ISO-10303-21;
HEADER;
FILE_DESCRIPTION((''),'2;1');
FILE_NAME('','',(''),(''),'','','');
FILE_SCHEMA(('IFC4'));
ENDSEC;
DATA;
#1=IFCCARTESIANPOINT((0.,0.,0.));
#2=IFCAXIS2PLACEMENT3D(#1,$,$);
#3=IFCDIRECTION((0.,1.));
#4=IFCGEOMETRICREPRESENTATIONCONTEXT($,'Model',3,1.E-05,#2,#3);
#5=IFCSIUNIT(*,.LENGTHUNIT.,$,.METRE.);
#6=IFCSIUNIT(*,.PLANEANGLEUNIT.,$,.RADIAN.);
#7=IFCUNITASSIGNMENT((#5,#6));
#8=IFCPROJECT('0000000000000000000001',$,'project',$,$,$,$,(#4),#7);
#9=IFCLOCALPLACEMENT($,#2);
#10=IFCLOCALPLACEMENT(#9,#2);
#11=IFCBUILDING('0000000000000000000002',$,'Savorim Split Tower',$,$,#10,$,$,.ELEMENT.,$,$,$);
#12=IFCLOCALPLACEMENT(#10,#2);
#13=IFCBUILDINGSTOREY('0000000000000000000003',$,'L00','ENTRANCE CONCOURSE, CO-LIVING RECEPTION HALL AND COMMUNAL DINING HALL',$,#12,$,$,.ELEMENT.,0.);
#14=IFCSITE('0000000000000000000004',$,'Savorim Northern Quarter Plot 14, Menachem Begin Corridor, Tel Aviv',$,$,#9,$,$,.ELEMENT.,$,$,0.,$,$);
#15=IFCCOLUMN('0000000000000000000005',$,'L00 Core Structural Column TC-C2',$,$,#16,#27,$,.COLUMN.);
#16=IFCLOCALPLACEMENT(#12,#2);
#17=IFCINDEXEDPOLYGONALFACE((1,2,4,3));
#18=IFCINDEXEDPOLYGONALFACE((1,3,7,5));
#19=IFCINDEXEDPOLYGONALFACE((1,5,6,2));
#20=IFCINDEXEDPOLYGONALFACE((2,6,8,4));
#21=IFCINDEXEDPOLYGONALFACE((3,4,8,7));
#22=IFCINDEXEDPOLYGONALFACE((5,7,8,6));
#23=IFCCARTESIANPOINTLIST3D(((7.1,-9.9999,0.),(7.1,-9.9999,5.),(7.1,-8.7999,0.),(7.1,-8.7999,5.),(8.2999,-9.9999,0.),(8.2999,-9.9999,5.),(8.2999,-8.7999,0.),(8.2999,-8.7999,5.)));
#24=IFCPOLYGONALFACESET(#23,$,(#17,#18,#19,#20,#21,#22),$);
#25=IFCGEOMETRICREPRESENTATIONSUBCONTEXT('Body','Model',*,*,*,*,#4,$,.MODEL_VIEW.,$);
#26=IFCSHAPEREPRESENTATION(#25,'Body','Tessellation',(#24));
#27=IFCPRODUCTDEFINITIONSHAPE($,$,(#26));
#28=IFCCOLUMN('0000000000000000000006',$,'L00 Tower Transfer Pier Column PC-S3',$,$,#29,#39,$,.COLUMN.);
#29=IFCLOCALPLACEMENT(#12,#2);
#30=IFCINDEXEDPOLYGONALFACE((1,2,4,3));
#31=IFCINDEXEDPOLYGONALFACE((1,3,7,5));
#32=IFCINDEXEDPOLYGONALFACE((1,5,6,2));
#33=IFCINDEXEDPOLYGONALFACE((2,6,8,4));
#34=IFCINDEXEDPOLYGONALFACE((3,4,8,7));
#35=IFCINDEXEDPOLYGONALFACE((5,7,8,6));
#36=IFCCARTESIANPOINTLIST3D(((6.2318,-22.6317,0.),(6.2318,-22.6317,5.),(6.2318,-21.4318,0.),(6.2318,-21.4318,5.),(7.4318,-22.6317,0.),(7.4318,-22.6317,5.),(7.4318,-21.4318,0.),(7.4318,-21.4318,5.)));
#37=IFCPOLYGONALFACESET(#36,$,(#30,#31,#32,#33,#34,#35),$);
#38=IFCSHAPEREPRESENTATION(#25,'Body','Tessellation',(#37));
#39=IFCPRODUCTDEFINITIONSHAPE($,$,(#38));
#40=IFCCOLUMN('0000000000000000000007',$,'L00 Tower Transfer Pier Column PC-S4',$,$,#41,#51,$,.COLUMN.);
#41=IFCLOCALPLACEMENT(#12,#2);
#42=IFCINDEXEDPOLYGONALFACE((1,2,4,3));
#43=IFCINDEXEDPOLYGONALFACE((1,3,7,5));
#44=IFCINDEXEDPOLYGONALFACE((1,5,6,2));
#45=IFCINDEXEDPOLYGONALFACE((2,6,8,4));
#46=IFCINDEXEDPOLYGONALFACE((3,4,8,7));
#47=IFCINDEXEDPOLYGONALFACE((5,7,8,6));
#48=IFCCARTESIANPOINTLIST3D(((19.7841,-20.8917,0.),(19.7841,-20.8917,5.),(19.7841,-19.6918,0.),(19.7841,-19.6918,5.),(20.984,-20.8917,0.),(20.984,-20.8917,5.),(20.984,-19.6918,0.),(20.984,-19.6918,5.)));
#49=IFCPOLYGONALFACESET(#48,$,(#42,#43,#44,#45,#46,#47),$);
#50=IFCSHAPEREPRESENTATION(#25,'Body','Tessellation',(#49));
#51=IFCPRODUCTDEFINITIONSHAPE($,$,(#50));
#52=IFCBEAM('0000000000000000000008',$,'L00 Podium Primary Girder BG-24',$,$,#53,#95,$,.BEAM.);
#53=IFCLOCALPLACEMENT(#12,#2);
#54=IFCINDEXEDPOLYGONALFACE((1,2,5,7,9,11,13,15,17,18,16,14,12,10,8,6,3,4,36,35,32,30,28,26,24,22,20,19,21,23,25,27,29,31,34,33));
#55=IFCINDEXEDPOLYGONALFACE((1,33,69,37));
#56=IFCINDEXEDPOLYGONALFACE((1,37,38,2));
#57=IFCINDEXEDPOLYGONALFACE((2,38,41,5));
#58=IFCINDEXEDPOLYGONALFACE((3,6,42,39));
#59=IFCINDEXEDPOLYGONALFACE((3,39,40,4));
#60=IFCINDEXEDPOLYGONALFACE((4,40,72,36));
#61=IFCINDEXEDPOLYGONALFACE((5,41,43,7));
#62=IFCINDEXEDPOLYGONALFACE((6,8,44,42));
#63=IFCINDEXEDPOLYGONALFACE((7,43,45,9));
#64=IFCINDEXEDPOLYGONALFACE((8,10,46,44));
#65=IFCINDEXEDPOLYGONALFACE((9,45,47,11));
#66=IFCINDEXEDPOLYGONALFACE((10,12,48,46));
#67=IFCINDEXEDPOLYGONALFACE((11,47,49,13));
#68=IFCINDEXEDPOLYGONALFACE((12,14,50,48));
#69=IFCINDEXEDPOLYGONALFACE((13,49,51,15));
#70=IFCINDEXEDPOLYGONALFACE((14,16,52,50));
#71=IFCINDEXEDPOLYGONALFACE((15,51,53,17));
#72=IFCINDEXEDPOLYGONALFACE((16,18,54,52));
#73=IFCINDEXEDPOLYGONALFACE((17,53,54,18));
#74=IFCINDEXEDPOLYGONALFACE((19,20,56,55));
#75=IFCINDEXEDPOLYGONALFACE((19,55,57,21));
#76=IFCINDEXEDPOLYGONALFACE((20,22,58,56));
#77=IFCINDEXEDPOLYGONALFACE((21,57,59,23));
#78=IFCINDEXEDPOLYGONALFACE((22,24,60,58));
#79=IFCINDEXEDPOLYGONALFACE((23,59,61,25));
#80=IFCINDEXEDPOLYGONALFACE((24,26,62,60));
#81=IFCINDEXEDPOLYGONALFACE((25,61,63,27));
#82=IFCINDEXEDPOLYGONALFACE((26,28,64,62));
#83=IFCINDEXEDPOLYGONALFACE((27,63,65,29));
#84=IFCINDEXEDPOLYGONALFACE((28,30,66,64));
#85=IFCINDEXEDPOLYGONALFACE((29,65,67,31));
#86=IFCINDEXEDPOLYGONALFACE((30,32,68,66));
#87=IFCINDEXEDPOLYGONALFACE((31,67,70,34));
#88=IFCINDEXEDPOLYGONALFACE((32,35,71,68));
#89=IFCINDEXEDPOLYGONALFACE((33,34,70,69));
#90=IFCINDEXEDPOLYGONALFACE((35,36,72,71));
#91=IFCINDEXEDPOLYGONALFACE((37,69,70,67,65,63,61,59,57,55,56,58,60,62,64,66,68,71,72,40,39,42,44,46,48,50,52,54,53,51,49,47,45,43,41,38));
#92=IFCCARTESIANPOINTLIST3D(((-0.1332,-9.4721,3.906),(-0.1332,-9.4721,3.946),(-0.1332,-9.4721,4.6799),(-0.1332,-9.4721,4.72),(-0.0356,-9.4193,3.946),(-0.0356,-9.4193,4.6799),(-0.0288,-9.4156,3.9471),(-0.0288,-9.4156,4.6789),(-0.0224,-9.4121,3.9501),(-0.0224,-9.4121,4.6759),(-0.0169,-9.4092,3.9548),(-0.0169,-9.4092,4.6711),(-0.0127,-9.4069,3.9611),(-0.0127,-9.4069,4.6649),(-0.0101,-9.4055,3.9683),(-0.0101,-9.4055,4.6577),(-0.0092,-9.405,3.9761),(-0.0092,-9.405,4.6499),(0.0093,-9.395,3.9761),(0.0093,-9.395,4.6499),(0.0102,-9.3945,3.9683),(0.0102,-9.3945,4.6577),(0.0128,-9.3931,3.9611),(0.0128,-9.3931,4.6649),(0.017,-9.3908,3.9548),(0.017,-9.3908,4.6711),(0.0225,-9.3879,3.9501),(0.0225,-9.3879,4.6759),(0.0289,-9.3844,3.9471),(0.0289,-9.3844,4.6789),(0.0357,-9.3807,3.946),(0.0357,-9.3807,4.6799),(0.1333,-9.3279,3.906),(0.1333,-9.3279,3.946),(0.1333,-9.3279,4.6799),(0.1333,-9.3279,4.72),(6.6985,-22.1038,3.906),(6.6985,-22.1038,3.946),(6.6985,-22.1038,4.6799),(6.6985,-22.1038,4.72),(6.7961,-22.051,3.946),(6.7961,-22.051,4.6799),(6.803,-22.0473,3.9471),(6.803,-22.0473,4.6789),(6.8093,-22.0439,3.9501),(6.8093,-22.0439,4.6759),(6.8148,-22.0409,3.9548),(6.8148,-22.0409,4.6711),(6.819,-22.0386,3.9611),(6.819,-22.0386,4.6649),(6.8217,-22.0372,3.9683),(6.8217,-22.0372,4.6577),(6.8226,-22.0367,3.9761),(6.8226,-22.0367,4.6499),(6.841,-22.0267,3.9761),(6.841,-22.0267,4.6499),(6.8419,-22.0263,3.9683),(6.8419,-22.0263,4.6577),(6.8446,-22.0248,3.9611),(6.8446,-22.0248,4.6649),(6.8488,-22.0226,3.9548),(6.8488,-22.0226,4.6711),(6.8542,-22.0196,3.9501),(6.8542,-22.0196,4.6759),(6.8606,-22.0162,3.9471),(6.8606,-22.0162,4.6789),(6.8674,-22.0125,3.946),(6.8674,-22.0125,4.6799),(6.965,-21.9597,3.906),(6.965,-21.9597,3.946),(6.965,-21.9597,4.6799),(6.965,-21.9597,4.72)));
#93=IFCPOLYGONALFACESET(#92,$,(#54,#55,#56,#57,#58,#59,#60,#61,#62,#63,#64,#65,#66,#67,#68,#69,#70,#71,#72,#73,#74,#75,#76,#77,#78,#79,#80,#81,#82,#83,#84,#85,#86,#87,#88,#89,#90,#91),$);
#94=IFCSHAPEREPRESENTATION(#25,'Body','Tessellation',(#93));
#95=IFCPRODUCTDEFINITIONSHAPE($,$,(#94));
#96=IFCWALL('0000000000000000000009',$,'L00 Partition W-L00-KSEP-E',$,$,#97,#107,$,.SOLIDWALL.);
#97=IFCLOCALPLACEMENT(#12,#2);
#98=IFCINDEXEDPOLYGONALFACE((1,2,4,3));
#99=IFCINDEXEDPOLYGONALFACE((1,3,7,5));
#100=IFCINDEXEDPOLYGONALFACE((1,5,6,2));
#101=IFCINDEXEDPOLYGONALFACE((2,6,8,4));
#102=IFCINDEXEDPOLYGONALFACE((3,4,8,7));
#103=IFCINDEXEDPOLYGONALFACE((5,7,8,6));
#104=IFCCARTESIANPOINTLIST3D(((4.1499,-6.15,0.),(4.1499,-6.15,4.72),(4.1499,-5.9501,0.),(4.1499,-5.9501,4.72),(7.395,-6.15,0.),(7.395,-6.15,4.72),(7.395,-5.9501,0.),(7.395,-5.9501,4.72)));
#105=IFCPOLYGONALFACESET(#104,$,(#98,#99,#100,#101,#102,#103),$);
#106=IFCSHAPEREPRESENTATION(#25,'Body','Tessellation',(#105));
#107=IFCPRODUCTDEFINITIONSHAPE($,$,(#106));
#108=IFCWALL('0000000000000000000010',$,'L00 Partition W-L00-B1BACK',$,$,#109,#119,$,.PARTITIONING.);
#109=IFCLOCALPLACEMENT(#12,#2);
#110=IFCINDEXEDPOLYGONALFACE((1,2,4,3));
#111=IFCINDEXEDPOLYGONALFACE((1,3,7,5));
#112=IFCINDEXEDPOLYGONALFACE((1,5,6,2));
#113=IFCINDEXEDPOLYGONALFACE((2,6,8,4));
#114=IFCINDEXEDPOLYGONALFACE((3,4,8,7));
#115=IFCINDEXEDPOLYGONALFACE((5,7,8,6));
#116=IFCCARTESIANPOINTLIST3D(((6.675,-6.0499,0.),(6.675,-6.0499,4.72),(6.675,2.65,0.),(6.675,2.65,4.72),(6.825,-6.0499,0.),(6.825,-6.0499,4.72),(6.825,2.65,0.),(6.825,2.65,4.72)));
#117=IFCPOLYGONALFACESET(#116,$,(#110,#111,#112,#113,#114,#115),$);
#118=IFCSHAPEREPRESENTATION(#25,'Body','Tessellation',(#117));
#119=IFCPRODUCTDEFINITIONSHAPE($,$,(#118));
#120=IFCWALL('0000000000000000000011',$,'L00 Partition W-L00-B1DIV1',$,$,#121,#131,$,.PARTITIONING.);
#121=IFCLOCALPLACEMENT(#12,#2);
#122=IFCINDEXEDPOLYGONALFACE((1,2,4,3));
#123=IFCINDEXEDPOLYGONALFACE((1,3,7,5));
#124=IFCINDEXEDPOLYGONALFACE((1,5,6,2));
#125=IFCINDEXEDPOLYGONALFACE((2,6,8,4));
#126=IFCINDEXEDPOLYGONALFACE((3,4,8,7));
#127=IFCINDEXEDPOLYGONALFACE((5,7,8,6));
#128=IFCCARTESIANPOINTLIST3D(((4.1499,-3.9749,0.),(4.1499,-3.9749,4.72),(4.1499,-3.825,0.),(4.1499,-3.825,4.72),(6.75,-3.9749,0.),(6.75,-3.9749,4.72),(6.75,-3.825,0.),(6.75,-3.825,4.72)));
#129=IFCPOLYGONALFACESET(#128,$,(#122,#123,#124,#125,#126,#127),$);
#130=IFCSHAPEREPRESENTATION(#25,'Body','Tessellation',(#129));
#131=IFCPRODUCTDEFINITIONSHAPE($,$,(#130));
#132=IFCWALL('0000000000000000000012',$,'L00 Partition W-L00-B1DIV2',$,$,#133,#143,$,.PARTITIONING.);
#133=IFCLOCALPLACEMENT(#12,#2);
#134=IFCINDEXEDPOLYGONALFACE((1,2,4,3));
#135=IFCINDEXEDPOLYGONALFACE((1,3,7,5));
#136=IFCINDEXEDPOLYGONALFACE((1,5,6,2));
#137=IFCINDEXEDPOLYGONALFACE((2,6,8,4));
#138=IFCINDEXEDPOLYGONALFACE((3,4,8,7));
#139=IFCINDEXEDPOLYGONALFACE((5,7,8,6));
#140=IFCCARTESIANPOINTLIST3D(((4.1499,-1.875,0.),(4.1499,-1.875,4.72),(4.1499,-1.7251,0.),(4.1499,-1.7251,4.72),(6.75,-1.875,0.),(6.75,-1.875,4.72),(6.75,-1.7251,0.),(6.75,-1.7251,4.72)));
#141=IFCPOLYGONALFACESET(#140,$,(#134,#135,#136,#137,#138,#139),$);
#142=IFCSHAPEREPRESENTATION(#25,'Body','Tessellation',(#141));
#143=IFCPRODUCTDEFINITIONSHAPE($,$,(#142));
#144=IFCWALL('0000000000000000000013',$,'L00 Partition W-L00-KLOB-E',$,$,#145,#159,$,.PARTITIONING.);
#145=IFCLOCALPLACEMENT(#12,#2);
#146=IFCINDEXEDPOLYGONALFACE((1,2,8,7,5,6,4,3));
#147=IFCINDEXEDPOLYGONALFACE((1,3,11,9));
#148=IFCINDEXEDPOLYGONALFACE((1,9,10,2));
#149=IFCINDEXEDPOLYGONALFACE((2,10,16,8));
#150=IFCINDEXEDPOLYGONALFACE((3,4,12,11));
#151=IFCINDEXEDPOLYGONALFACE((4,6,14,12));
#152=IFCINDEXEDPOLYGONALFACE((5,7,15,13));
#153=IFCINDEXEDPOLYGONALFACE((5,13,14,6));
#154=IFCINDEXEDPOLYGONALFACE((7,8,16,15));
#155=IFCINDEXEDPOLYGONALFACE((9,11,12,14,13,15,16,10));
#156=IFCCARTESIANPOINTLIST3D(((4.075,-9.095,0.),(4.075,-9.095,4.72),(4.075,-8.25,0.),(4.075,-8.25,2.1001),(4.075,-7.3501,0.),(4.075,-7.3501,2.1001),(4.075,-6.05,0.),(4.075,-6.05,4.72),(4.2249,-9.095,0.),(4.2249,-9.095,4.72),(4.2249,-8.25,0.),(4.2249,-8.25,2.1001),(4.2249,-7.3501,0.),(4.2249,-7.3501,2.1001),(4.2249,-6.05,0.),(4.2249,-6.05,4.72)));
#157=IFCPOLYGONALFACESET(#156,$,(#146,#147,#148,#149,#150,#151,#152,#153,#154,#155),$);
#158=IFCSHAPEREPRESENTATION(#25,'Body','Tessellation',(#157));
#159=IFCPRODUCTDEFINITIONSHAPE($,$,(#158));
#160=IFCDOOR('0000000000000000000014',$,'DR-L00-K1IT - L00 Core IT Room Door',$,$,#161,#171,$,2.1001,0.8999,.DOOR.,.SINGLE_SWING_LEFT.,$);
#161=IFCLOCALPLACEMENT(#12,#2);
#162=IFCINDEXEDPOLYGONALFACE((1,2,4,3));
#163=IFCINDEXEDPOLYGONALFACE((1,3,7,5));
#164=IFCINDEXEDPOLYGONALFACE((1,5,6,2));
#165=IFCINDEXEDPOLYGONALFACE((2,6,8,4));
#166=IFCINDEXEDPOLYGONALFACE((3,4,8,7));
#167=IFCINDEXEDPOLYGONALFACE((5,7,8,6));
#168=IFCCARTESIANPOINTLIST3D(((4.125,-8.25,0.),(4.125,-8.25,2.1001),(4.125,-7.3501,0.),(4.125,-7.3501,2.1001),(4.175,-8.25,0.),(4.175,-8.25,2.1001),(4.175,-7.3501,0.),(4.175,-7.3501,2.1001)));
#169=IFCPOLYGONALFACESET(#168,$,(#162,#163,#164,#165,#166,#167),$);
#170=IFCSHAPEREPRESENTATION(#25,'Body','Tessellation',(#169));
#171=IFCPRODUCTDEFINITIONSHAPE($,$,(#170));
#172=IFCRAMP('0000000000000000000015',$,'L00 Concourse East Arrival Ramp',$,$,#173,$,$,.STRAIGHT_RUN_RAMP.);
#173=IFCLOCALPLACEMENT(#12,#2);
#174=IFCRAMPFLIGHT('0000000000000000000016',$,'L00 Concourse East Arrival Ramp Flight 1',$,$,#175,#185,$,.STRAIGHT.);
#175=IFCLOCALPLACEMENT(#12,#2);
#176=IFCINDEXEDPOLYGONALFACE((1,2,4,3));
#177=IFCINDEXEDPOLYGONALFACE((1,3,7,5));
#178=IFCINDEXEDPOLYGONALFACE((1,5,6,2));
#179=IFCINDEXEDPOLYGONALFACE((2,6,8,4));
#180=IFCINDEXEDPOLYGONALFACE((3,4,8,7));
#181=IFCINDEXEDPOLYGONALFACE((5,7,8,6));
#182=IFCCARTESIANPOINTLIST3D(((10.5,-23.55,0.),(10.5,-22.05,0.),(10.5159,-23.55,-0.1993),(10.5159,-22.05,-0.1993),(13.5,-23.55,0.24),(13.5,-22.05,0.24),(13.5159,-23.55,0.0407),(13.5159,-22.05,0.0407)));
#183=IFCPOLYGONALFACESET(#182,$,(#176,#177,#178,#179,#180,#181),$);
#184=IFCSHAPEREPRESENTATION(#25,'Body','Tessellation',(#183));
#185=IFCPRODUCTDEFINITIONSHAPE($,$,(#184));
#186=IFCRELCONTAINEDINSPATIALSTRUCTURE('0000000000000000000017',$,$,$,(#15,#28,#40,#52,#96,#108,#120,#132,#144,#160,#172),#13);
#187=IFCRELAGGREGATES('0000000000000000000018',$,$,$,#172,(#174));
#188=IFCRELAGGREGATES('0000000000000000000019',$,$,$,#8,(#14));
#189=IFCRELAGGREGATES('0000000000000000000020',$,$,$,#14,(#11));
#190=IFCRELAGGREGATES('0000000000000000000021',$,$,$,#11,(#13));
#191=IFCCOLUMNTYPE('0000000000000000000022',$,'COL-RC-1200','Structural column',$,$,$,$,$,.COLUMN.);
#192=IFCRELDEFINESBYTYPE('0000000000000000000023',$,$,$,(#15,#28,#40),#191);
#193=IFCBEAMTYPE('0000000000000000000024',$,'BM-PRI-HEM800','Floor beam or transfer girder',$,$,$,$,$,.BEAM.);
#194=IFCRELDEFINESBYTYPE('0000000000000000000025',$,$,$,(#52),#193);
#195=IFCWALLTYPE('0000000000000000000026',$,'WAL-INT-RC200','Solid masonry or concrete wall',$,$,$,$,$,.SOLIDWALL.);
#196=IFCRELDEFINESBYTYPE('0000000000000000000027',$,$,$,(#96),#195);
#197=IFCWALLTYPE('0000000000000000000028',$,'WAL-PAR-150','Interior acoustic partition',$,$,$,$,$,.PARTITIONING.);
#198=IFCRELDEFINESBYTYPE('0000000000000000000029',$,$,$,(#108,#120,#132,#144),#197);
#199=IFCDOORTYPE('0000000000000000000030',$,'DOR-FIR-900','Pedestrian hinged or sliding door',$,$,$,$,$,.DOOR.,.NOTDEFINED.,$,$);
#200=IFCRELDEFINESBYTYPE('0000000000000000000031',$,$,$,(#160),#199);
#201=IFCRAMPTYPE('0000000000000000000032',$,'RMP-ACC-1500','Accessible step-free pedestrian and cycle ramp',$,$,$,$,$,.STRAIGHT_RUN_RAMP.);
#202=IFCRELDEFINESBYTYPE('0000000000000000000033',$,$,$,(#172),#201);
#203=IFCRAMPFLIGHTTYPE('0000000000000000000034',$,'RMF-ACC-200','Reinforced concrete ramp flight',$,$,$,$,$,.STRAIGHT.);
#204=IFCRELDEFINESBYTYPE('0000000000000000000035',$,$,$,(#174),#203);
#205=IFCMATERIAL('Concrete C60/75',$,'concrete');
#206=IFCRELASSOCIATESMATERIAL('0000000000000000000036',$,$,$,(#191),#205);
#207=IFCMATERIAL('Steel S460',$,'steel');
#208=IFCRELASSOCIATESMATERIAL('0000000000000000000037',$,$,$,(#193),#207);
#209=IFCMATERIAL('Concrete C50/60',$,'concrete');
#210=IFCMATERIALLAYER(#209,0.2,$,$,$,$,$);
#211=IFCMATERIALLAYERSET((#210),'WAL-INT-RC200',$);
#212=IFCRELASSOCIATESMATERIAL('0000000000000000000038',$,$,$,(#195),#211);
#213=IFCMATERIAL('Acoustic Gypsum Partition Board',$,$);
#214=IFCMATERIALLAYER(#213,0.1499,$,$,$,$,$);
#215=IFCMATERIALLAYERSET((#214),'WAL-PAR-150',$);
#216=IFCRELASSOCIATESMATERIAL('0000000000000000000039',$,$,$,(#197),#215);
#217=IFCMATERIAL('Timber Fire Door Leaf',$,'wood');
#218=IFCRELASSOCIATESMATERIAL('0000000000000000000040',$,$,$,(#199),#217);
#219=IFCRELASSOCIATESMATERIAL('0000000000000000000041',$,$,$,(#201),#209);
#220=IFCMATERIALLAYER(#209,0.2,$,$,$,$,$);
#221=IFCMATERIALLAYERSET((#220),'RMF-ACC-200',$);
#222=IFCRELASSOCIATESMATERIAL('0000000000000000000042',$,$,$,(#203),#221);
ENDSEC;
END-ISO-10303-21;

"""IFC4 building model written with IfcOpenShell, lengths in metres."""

from ifc_helpers import new_model, si_unit, direction, frame, frame_2d, origin, origin_2d, place, context, subcontext, project, spatial, polyline, rectangle, i_section, outline, extrude, material, layer, layer_set, material_profile, profile_set, type_object, element, fill, aggregate, save


model = new_model("IFC4")

# Units and contexts
model_context = context("Model", 3, precision=1e-05, world=origin(), true_north=direction((0.0, 1.0)))
body_context = subcontext(model_context, "Body", "Model", "MODEL_VIEW")
ifc_project = project(units=[si_unit("LENGTHUNIT", "METRE"), si_unit("PLANEANGLEUNIT", "RADIAN")], contexts=[model_context])

# Site, building, storey
site_placement = place(None, origin())
site = spatial("IfcSite", under=ifc_project, at=site_placement, Name="Savorim Northern Quarter Plot 14, Menachem Begin Corridor, Tel Aviv", CompositionType="ELEMENT", RefElevation=0.0)
building_placement = place(site_placement, origin())
building = spatial("IfcBuilding", under=site, at=building_placement, Name="Savorim Split Tower", CompositionType="ELEMENT")
storey_placement = place(building_placement, origin())
storey = spatial("IfcBuildingStorey", under=building, at=storey_placement, Name="L00", Description="ENTRANCE CONCOURSE, CO-LIVING RECEPTION HALL AND COMMUNAL DINING HALL", CompositionType="ELEMENT", Elevation=0.0)

# Columns
ifc_material_1 = material(Name="Concrete C60/75", Category="concrete")
ifc_material_profile_1 = material_profile(ifc_material_1, rectangle(XDim=1.2, YDim=1.2, at=origin_2d()), Name="RC 1200x1200")
ifc_profile_set_1 = profile_set([ifc_material_profile_1], Name="Concrete C60/75")
column_type = type_object("IfcColumnType", Name="COL-RC-1200", Description="Structural column", PredefinedType="COLUMN", material=ifc_profile_set_1)
for number, where, z_axis, x_axis, name in (
    (1, (7.7, -9.3999, 0.0), (0.0, 0.0, 1.0), (1.0, 0.0, 0.0), "L00 Core Structural Column TC-C2"),
    (2, (6.8318, -22.0317, 0.0), (0.0, 0.0, 1.0), (1.0, 0.0, 0.0), "L00 Tower Transfer Pier Column PC-S3"),
    (3, (20.384, -20.2917, 0.0), (0.0, 0.0, 1.0), (1.0, 0.0, 0.0), "L00 Tower Transfer Pier Column PC-S4"),
):
    element("IfcColumn", number, at=place(storey_placement, frame(where, z_axis=z_axis, x_axis=x_axis)), inside=storey, type_object=column_type, Name=name, PredefinedType="COLUMN", context=body_context, shape_type="SweptSolid", body=[
        extrude(rectangle(XDim=1.2, YDim=1.2, at=origin_2d()), origin(), (0.0, 0.0, 1.0), 5.0),
    ])

# Beam
ifc_material_2 = material(Name="Steel S460", Category="steel")
ifc_material_profile_2 = material_profile(ifc_material_2, i_section(OverallWidth=0.303, OverallDepth=0.814, WebThickness=0.021, FlangeThickness=0.04, FilletRadius=0.03, at=origin_2d()), Name="HE 800 M")
ifc_profile_set_2 = profile_set([ifc_material_profile_2], Name="Steel S460")
beam_type = type_object("IfcBeamType", Name="BM-PRI-HEM800", Description="Floor beam or transfer girder", PredefinedType="BEAM", material=ifc_profile_set_2)
beam_placement = place(storey_placement, frame((6.8318, -22.0317, 4.313), z_axis=(-0.47572, 0.879597, 0.0), x_axis=(-0.879597, -0.47572, 0.0)))
element("IfcBeam", 4, at=beam_placement, inside=storey, type_object=beam_type, Name="L00 Podium Primary Girder BG-24", PredefinedType="BEAM", context=body_context, shape_type="SweptSolid", body=[
    extrude(i_section(OverallWidth=0.303, OverallDepth=0.814, WebThickness=0.021, FlangeThickness=0.04, FilletRadius=0.03, at=origin_2d()), origin(), (0.0, 0.0, 1.0), 14.3608),
])

# Shared definitions
ifc_material_3 = material(Name="Concrete C50/60", Category="concrete")
ifc_layer_1 = layer(ifc_material_3, 0.2)
ifc_layer_set_1 = layer_set([ifc_layer_1], Name="WAL-INT-RC200")
wall_type_1 = type_object("IfcWallType", Name="WAL-INT-RC200", Description="Solid masonry or concrete wall", PredefinedType="SOLIDWALL", material=ifc_layer_set_1)

# Walls
wall_1_placement = place(storey_placement, frame((4.1499, -6.05, 0.0), z_axis=(0.0, 0.0, 1.0), x_axis=(1.0, 0.0, 0.0)))
element("IfcWall", 5, at=wall_1_placement, inside=storey, type_object=wall_type_1, Name="L00 Partition W-L00-KSEP-E", PredefinedType="SOLIDWALL", context=body_context, shape_type="SweptSolid", body=[
    extrude(rectangle(XDim=3.2451, YDim=0.2, at=frame_2d((1.6226, 0.0))), origin(), (0.0, 0.0, 1.0), 4.72),
])
ifc_material_4 = material(Name="Acoustic Gypsum Partition Board")
ifc_layer_2 = layer(ifc_material_4, 0.1499)
ifc_layer_set_2 = layer_set([ifc_layer_2], Name="WAL-PAR-150")
wall_type_2 = type_object("IfcWallType", Name="WAL-PAR-150", Description="Interior acoustic partition", PredefinedType="PARTITIONING", material=ifc_layer_set_2)
wall_2_placement = place(storey_placement, frame((6.75, -6.05, 0.0), z_axis=(0.0, 0.0, 1.0), x_axis=(0.0, 1.0, 0.0)))
element("IfcWall", 6, at=wall_2_placement, inside=storey, type_object=wall_type_2, Name="L00 Partition W-L00-B1BACK", PredefinedType="PARTITIONING", context=body_context, shape_type="SweptSolid", body=[
    extrude(rectangle(XDim=8.7, YDim=0.1499, at=frame_2d((4.3501, 0.0))), origin(), (0.0, 0.0, 1.0), 4.72),
])
for number, where, z_axis, x_axis, name in (
    (7, (4.1499, -3.8999, 0.0), (0.0, 0.0, 1.0), (1.0, 0.0, 0.0), "L00 Partition W-L00-B1DIV1"),
    (8, (4.1499, -1.8, 0.0), (0.0, 0.0, 1.0), (1.0, 0.0, 0.0), "L00 Partition W-L00-B1DIV2"),
):
    element("IfcWall", number, at=place(storey_placement, frame(where, z_axis=z_axis, x_axis=x_axis)), inside=storey, type_object=wall_type_2, Name=name, PredefinedType="PARTITIONING", context=body_context, shape_type="SweptSolid", body=[
        extrude(rectangle(XDim=2.6001, YDim=0.1499, at=frame_2d((1.3, 0.0))), origin(), (0.0, 0.0, 1.0), 4.72),
    ])

# Wall, opening, door
wall_3_placement = place(storey_placement, frame((4.1499, -9.095, 0.0), z_axis=(0.0, 0.0, 1.0), x_axis=(0.0, 1.0, 0.0)))
wall_3 = element("IfcWall", 9, at=wall_3_placement, inside=storey, type_object=wall_type_2, Name="L00 Partition W-L00-KLOB-E", PredefinedType="PARTITIONING", context=body_context, shape_type="SweptSolid", body=[
    extrude(rectangle(XDim=3.0449, YDim=0.1499, at=frame_2d((1.5225, 0.0))), origin(), (0.0, 0.0, 1.0), 4.72),
])
opening_1_placement = place(wall_3_placement, frame((0.845, 0.0, 0.0)))
opening_1 = element("IfcOpeningElement", 10, at=opening_1_placement, cuts=wall_3, PredefinedType="OPENING", context=body_context, shape_type="SweptSolid", body=[
    extrude(rectangle(XDim=0.8999, YDim=2.1001, at=frame_2d((0.45, 1.05))), frame((0.0, 0.085, 0.0), z_axis=(0.0, -1.0, 0.0), x_axis=(1.0, 0.0, 0.0)), (0.0, 0.0, 1.0), 0.1699),
])
ifc_material_5 = material(Name="Timber Fire Door Leaf", Category="wood")
door_type_1 = type_object("IfcDoorType", Name="DOR-FIR-900", Description="Pedestrian hinged or sliding door", OperationType="NOTDEFINED", PredefinedType="DOOR", material=ifc_material_5)
door_1_placement = place(opening_1_placement, origin())
door_1 = element("IfcDoor", 11, at=door_1_placement, inside=storey, type_object=door_type_1, Name="DR-L00-K1IT - L00 Core IT Room Door", OperationType="SINGLE_SWING_LEFT", OverallHeight=2.1001, OverallWidth=0.8999, PredefinedType="DOOR", context=body_context, shape_type="SweptSolid", body=[
    extrude(rectangle(XDim=0.8999, YDim=2.1001, at=frame_2d((0.45, 1.05))), frame((0.0, 0.0249, 0.0), z_axis=(0.0, -1.0, 0.0), x_axis=(1.0, 0.0, 0.0)), (0.0, 0.0, 1.0), 0.05),
])
fill(opening_1, door_1)

# Ramp, ramp flight
ramp_type = type_object("IfcRampType", Name="RMP-ACC-1500", Description="Accessible step-free pedestrian and cycle ramp", PredefinedType="STRAIGHT_RUN_RAMP", material=ifc_material_3)
ramp_placement = place(storey_placement, origin())
ramp = element("IfcRamp", 12, at=ramp_placement, inside=storey, type_object=ramp_type, Name="L00 Concourse East Arrival Ramp", PredefinedType="STRAIGHT_RUN_RAMP")
ifc_layer_3 = layer(ifc_material_3, 0.2)
ifc_layer_set_3 = layer_set([ifc_layer_3], Name="RMF-ACC-200")
ramp_flight_type = type_object("IfcRampFlightType", Name="RMF-ACC-200", Description="Reinforced concrete ramp flight", PredefinedType="STRAIGHT", material=ifc_layer_set_3)
ramp_flight_placement = place(storey_placement, frame((10.5, -23.55, 0.0), z_axis=(-0.079742, 0.0, 0.996816), x_axis=(0.996816, 0.0, 0.079742)))
ramp_flight = element("IfcRampFlight", 13, at=ramp_flight_placement, type_object=ramp_flight_type, Name="L00 Concourse East Arrival Ramp Flight 1", PredefinedType="STRAIGHT", context=body_context, shape_type="SweptSolid", body=[
    extrude(outline(polyline([(0.0, 0.0), (3.0096, 0.0), (3.0096, 1.5), (0.0, 1.5), (0.0, 0.0)])), origin(), (0.0, 0.0, -1.0), 0.2),
])
aggregate(ramp, [ramp_flight])

save(model, "model.ifc")
